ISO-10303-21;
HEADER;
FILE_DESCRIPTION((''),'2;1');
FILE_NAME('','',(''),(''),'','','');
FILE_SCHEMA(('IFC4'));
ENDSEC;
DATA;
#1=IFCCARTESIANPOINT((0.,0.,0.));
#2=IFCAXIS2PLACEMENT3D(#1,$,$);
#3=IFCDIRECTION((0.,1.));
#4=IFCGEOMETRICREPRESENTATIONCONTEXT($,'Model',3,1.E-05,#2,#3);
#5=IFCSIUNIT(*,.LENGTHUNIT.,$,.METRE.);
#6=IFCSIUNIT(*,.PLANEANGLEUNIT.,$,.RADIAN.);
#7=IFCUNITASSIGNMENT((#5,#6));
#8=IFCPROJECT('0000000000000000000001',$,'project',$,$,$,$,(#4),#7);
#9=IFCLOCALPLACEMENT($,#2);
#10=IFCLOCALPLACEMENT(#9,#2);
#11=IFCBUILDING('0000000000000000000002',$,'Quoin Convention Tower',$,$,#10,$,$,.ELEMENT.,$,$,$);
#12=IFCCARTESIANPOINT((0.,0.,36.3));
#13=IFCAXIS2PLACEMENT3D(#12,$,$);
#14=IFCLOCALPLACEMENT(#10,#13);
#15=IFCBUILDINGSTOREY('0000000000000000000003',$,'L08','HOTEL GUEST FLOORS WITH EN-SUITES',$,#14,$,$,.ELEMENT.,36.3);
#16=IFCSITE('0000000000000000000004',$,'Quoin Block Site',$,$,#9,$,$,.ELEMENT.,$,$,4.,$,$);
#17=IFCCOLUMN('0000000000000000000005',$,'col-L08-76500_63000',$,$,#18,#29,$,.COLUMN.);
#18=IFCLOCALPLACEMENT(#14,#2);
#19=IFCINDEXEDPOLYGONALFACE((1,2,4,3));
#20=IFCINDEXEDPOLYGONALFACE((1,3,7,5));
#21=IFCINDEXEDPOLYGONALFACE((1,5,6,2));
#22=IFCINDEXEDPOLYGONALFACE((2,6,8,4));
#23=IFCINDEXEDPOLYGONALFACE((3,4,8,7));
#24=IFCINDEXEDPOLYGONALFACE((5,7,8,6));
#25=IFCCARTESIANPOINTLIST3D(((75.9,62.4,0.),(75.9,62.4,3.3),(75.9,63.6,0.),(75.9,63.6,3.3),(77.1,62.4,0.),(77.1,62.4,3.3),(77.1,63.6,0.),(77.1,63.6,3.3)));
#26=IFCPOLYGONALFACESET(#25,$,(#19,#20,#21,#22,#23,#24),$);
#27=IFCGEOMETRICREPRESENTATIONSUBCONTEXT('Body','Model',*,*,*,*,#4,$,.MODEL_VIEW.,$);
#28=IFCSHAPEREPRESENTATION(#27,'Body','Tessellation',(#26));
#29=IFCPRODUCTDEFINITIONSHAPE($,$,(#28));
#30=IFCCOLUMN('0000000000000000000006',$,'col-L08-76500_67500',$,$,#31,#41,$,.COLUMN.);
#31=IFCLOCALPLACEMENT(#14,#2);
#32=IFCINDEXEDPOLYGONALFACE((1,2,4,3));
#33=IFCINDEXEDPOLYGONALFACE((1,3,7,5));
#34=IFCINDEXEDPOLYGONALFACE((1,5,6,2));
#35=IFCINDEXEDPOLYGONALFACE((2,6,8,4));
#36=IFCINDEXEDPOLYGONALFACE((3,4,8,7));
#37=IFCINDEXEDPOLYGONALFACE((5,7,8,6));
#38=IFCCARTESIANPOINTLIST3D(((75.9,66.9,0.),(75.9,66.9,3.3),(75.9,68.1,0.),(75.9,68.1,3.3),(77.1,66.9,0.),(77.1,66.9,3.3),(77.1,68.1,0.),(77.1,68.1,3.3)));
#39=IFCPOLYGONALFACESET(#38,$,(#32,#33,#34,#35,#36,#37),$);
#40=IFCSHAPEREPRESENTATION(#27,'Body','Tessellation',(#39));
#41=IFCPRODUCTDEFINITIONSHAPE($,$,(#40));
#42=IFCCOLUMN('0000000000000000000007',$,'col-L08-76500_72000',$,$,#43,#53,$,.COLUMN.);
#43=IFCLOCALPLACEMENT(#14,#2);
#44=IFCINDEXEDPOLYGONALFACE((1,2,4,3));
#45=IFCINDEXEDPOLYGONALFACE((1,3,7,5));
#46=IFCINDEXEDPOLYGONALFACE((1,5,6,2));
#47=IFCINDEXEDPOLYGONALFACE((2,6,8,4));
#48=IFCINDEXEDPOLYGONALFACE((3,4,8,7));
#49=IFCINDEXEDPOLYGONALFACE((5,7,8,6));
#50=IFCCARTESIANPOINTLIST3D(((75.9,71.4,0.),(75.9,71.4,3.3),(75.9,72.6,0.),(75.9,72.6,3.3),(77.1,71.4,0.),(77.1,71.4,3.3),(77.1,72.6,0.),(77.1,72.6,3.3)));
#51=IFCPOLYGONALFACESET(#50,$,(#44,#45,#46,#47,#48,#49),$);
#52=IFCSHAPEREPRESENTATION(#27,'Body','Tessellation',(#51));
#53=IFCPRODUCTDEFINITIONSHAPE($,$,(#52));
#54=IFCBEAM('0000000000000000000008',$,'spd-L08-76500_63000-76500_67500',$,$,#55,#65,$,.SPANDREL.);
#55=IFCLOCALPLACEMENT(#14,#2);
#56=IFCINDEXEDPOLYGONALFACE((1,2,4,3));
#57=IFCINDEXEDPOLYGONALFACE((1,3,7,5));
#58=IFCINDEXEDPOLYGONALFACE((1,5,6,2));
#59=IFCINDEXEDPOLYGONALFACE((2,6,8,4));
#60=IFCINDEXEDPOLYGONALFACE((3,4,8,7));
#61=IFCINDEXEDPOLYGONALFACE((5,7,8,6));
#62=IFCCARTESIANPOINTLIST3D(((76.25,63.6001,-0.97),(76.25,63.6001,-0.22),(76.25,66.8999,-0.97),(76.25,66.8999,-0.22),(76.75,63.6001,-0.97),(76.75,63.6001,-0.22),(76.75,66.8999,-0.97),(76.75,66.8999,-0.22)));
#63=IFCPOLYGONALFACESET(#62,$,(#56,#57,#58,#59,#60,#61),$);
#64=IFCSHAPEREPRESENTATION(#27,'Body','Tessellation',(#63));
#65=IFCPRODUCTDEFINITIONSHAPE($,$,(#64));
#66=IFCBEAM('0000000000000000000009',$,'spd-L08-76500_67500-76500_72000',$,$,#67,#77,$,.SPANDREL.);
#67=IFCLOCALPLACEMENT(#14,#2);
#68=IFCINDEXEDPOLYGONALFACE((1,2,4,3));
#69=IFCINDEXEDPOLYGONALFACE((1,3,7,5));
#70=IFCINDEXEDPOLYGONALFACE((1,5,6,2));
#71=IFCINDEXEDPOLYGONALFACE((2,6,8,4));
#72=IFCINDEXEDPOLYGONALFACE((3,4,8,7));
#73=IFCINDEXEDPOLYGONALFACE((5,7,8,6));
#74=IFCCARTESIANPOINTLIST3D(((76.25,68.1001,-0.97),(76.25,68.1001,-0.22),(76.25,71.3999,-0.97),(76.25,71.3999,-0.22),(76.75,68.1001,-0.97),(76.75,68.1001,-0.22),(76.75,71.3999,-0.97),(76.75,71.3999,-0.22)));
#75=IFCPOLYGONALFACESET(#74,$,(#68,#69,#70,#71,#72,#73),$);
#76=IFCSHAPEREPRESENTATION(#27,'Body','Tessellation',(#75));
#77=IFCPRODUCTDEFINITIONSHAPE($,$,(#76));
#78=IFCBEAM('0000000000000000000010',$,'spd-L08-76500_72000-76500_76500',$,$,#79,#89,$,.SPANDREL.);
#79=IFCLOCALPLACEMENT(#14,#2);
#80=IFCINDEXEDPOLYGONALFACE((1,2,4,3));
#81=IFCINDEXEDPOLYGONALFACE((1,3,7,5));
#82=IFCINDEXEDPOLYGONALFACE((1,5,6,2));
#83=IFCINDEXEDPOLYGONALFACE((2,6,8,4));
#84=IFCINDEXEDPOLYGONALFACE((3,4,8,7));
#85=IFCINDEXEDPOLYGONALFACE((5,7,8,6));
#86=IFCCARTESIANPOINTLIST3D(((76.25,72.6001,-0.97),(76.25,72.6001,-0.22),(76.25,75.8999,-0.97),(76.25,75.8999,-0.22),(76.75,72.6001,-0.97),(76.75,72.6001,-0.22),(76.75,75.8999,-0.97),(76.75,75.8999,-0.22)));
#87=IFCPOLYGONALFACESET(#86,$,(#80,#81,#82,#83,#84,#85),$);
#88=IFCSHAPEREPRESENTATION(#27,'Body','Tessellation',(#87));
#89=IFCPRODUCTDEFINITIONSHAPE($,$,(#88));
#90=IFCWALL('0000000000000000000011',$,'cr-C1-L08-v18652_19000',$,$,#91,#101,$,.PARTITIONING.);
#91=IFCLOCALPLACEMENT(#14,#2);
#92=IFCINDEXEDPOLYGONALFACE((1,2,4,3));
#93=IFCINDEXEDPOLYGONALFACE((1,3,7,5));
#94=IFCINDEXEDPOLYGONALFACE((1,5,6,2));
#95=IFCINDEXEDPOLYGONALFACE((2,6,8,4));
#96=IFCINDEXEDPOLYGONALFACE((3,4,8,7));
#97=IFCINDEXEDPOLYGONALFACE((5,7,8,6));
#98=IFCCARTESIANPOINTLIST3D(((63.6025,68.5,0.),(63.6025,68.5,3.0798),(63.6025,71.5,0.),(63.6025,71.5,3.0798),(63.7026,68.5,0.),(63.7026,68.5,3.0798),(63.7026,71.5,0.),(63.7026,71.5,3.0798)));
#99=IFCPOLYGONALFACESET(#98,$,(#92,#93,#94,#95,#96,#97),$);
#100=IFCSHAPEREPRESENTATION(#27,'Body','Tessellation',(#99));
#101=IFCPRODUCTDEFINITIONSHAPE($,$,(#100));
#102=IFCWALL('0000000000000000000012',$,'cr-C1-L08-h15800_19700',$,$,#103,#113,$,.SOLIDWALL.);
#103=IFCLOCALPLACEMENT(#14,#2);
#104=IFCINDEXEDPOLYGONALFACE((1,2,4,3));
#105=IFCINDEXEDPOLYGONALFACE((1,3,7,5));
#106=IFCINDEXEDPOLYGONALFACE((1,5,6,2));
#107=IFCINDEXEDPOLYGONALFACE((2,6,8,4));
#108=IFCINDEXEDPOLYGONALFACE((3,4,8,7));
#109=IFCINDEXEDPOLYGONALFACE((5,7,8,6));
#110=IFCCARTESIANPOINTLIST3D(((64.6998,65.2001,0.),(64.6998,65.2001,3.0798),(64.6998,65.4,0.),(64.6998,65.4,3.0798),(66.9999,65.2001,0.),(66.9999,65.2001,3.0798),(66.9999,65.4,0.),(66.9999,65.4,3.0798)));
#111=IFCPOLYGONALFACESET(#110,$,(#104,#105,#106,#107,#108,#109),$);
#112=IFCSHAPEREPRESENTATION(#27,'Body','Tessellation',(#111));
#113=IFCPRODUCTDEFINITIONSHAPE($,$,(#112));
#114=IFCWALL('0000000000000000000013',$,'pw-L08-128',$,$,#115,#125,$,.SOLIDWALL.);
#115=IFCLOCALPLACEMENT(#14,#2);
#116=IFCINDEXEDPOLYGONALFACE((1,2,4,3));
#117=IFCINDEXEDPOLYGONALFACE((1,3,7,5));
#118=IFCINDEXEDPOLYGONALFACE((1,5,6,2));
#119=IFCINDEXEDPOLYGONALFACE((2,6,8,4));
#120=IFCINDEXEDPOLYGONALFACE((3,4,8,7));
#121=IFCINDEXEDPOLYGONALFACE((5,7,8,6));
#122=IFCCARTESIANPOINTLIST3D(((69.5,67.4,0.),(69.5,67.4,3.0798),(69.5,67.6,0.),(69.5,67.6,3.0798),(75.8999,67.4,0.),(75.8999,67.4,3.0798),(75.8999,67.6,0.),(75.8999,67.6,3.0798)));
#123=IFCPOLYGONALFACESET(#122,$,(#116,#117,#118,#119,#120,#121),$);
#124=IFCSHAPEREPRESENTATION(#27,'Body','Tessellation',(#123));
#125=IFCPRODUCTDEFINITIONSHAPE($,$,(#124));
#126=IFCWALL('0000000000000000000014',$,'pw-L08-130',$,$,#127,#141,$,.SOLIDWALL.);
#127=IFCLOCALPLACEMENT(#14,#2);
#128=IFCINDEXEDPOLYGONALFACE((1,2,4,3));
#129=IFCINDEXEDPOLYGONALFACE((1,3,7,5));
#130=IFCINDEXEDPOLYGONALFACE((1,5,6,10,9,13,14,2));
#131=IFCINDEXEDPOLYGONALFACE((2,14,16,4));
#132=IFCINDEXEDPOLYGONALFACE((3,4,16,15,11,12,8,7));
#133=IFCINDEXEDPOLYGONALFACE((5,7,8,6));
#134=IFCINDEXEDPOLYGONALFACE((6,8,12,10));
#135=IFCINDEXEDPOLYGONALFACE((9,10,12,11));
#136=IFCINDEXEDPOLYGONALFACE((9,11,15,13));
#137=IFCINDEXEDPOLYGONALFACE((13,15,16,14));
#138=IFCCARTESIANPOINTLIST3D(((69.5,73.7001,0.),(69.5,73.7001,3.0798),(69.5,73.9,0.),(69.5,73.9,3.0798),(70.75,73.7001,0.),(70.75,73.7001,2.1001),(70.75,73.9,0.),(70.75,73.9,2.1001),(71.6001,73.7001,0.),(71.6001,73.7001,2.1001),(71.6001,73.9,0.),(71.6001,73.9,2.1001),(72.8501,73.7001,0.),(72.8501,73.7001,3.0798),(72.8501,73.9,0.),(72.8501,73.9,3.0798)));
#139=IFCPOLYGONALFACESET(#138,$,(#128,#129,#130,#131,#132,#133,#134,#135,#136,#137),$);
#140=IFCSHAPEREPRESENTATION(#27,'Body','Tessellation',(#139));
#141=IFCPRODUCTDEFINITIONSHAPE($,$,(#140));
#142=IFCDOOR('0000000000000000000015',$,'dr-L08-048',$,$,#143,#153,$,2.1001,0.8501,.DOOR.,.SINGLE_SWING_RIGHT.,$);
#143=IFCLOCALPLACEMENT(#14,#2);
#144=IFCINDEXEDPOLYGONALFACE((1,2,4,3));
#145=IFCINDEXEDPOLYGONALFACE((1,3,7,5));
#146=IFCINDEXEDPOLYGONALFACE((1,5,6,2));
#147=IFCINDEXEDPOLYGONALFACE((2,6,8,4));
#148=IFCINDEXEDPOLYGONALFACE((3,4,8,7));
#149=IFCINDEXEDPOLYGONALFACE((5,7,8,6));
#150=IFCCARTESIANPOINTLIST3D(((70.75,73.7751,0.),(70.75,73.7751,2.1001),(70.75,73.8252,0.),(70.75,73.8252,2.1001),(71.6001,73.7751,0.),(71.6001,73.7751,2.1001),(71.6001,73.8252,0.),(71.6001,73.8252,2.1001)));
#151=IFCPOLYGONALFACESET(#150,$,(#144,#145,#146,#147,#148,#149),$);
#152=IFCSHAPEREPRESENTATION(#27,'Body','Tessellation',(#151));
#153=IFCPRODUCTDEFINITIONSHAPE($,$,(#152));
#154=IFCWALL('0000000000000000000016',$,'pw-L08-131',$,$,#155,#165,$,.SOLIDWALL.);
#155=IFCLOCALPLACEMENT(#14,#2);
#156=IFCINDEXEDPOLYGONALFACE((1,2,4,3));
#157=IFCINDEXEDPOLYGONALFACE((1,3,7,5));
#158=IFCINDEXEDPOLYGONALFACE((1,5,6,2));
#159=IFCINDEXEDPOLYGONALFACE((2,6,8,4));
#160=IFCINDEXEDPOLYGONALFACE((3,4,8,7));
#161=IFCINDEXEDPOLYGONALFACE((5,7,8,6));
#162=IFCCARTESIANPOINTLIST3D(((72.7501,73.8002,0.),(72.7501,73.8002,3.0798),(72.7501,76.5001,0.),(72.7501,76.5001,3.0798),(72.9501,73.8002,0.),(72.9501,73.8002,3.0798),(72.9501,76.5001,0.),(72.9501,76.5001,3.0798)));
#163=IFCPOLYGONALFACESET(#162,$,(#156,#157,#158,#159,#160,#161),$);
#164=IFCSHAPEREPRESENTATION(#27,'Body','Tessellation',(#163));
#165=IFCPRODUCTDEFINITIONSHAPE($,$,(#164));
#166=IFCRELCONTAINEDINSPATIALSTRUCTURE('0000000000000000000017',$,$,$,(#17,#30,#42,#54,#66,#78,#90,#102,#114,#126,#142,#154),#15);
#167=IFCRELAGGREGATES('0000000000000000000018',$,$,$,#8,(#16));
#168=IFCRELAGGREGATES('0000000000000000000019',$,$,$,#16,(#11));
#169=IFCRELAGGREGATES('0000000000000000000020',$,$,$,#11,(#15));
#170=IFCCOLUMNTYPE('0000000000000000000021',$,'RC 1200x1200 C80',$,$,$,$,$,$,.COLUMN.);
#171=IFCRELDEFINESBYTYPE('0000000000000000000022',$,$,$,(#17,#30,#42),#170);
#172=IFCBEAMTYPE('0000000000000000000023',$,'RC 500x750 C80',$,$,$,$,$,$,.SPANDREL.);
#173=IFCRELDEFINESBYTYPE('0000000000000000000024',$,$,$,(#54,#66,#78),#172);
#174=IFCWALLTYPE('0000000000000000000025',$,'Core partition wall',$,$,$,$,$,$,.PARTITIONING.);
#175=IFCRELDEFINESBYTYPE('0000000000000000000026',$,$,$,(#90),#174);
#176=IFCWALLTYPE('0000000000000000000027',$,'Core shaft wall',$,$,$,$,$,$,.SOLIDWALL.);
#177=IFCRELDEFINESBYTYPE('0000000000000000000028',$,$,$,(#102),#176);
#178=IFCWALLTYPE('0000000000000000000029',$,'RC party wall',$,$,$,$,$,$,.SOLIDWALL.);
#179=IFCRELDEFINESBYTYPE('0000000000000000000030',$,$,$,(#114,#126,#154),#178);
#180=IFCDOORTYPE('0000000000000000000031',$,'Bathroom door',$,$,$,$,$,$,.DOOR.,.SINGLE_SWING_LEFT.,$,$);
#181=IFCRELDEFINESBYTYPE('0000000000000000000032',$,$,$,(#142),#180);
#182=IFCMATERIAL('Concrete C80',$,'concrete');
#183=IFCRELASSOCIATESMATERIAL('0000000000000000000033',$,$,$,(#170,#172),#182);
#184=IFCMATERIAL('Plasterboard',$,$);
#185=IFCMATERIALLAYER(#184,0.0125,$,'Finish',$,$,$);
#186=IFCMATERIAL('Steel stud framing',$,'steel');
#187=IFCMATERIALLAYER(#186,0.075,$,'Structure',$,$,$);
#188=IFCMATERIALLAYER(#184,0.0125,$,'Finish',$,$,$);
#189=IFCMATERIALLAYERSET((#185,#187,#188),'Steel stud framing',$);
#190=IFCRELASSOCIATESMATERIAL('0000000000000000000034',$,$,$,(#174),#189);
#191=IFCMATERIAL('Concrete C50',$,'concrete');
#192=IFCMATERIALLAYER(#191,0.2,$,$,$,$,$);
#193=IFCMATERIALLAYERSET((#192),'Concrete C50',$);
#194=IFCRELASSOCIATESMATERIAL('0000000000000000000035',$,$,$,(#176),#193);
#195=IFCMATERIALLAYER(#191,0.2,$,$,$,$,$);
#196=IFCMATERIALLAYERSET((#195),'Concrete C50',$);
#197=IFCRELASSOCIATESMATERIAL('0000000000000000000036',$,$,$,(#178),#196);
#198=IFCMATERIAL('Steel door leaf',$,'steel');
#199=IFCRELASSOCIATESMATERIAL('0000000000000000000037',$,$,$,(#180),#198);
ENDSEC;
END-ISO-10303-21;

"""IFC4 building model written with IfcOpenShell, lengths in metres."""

from ifc_helpers import new_model, si_unit, direction, frame, frame_2d, origin, origin_2d, place, context, subcontext, project, spatial, rectangle, extrude, material, layer, layer_set, material_profile, profile_set, type_object, element, fill, save


model = new_model("IFC4")

# Units and contexts
model_context = context("Model", 3, precision=1e-05, world=origin(), true_north=direction((0.0, 1.0)))
body_context = subcontext(model_context, "Body", "Model", "MODEL_VIEW")
ifc_project = project(units=[si_unit("LENGTHUNIT", "METRE"), si_unit("PLANEANGLEUNIT", "RADIAN")], contexts=[model_context])

# Site, building, storey
site_placement = place(None, origin())
site = spatial("IfcSite", under=ifc_project, at=site_placement, Name="Quoin Block Site", CompositionType="ELEMENT", RefElevation=4.0)
building_placement = place(site_placement, origin())
building = spatial("IfcBuilding", under=site, at=building_placement, Name="Quoin Convention Tower", CompositionType="ELEMENT")
storey_placement = place(building_placement, frame((0.0, 0.0, 36.3)))
storey = spatial("IfcBuildingStorey", under=building, at=storey_placement, Name="L08", Description="HOTEL GUEST FLOORS WITH EN-SUITES", CompositionType="ELEMENT", Elevation=36.3)

# Columns
ifc_material_1 = material(Name="Concrete C80", Category="concrete")
ifc_material_profile_1 = material_profile(ifc_material_1, rectangle(XDim=1.2, YDim=1.2, at=origin_2d()), Name="RC 1200x1200")
ifc_profile_set_1 = profile_set([ifc_material_profile_1], Name="Concrete C80")
column_type = type_object("IfcColumnType", Name="RC 1200x1200 C80", PredefinedType="COLUMN", material=ifc_profile_set_1)
for number, where, z_axis, x_axis, name in (
    (1, (76.5, 63.0, 0.0), (0.0, 0.0, 1.0), (1.0, 0.0, 0.0), "col-L08-76500_63000"),
    (2, (76.5, 67.5, 0.0), (0.0, 0.0, 1.0), (1.0, 0.0, 0.0), "col-L08-76500_67500"),
    (3, (76.5, 72.0, 0.0), (0.0, 0.0, 1.0), (1.0, 0.0, 0.0), "col-L08-76500_72000"),
):
    element("IfcColumn", number, at=place(storey_placement, frame(where, z_axis=z_axis, x_axis=x_axis)), inside=storey, type_object=column_type, Name=name, PredefinedType="COLUMN", context=body_context, shape_type="SweptSolid", body=[
        extrude(rectangle(XDim=1.2, YDim=1.2, at=origin_2d()), origin(), (0.0, 0.0, 1.0), 3.3),
    ])

# Beams
ifc_material_profile_2 = material_profile(ifc_material_1, rectangle(XDim=0.5, YDim=0.75, at=origin_2d()), Name="RC 500x750")
ifc_profile_set_2 = profile_set([ifc_material_profile_2], Name="Concrete C80")
beam_type = type_object("IfcBeamType", Name="RC 500x750 C80", PredefinedType="SPANDREL", material=ifc_profile_set_2)
for number, where, z_axis, x_axis, name in (
    (4, (76.5, 63.6001, -0.595), (0.0, 1.0, 0.0), (-1.0, 0.0, 0.0), "spd-L08-76500_63000-76500_67500"),
    (5, (76.5, 68.1001, -0.595), (0.0, 1.0, 0.0), (-1.0, 0.0, 0.0), "spd-L08-76500_67500-76500_72000"),
    (6, (76.5, 72.6001, -0.595), (0.0, 1.0, 0.0), (-1.0, 0.0, 0.0), "spd-L08-76500_72000-76500_76500"),
):
    element("IfcBeam", number, at=place(storey_placement, frame(where, z_axis=z_axis, x_axis=x_axis)), inside=storey, type_object=beam_type, Name=name, PredefinedType="SPANDREL", context=body_context, shape_type="SweptSolid", body=[
        extrude(rectangle(XDim=0.5, YDim=0.75, at=origin_2d()), origin(), (0.0, 0.0, 1.0), 3.2998),
    ])

# Walls
ifc_material_2 = material(Name="Plasterboard")
ifc_layer_1 = layer(ifc_material_2, 0.0125, Name="Finish")
ifc_material_3 = material(Name="Steel stud framing", Category="steel")
ifc_layer_2 = layer(ifc_material_3, 0.075, Name="Structure")
ifc_layer_3 = layer(ifc_material_2, 0.0125, Name="Finish")
ifc_layer_set_1 = layer_set([ifc_layer_1, ifc_layer_2, ifc_layer_3], Name="Steel stud framing")
wall_type_1 = type_object("IfcWallType", Name="Core partition wall", PredefinedType="PARTITIONING", material=ifc_layer_set_1)
wall_1_placement = place(storey_placement, frame((63.6526, 68.5, 0.0), z_axis=(0.0, 0.0, 1.0), x_axis=(0.0, 1.0, 0.0)))
element("IfcWall", 7, at=wall_1_placement, inside=storey, type_object=wall_type_1, Name="cr-C1-L08-v18652_19000", PredefinedType="PARTITIONING", context=body_context, shape_type="SweptSolid", body=[
    extrude(rectangle(XDim=3.0, YDim=0.1001, at=frame_2d((1.5, 0.0))), origin(), (0.0, 0.0, 1.0), 3.0798),
])
ifc_material_4 = material(Name="Concrete C50", Category="concrete")
ifc_layer_4 = layer(ifc_material_4, 0.2)
ifc_layer_set_2 = layer_set([ifc_layer_4], Name="Concrete C50")
wall_type_2 = type_object("IfcWallType", Name="Core shaft wall", PredefinedType="SOLIDWALL", material=ifc_layer_set_2)
wall_2_placement = place(storey_placement, frame((64.7, 65.3, 0.0), z_axis=(0.0, 0.0, 1.0), x_axis=(1.0, 0.0, 0.0)))
element("IfcWall", 8, at=wall_2_placement, inside=storey, type_object=wall_type_2, Name="cr-C1-L08-h15800_19700", PredefinedType="SOLIDWALL", context=body_context, shape_type="SweptSolid", body=[
    extrude(rectangle(XDim=2.3, YDim=0.2, at=frame_2d((1.1499, 0.0))), origin(), (0.0, 0.0, 1.0), 3.0798),
])
ifc_layer_5 = layer(ifc_material_4, 0.2)
ifc_layer_set_3 = layer_set([ifc_layer_5], Name="Concrete C50")
wall_type_3 = type_object("IfcWallType", Name="RC party wall", PredefinedType="SOLIDWALL", material=ifc_layer_set_3)
wall_3_placement = place(storey_placement, frame((69.5, 67.5, 0.0), z_axis=(0.0, 0.0, 1.0), x_axis=(1.0, 0.0, 0.0)))
element("IfcWall", 9, at=wall_3_placement, inside=storey, type_object=wall_type_3, Name="pw-L08-128", PredefinedType="SOLIDWALL", context=body_context, shape_type="SweptSolid", body=[
    extrude(rectangle(XDim=6.3999, YDim=0.2, at=frame_2d((3.2, 0.0))), origin(), (0.0, 0.0, 1.0), 3.0798),
])

# Wall, opening, door
wall_4_placement = place(storey_placement, frame((69.5, 73.8, 0.0), z_axis=(0.0, 0.0, 1.0), x_axis=(1.0, 0.0, 0.0)))
wall_4 = element("IfcWall", 10, at=wall_4_placement, inside=storey, type_object=wall_type_3, Name="pw-L08-130", PredefinedType="SOLIDWALL", context=body_context, shape_type="SweptSolid", body=[
    extrude(rectangle(XDim=3.3501, YDim=0.2, at=frame_2d((1.675, 0.0))), origin(), (0.0, 0.0, 1.0), 3.0798),
])
opening_1_placement = place(wall_4_placement, frame((1.25, 0.0, 0.0)))
opening_1 = element("IfcOpeningElement", 11, at=opening_1_placement, cuts=wall_4, PredefinedType="OPENING", context=body_context, shape_type="SweptSolid", body=[
    extrude(rectangle(XDim=0.8501, YDim=2.1001, at=frame_2d((0.425, 1.05))), frame((0.0, 0.1099, 0.0), z_axis=(0.0, -1.0, 0.0), x_axis=(1.0, 0.0, 0.0)), (0.0, 0.0, 1.0), 0.22),
])
ifc_material_5 = material(Name="Steel door leaf", Category="steel")
door_type = type_object("IfcDoorType", Name="Bathroom door", OperationType="SINGLE_SWING_LEFT", PredefinedType="DOOR", material=ifc_material_5)
door_1_placement = place(opening_1_placement, frame((0.8501, 0.0, 0.0), z_axis=(0.0, 0.0, 1.0), x_axis=(-1.0, 0.0, 0.0)))
door_1 = element("IfcDoor", 12, at=door_1_placement, inside=storey, type_object=door_type, Name="dr-L08-048", OperationType="SINGLE_SWING_RIGHT", OverallHeight=2.1001, OverallWidth=0.8501, PredefinedType="DOOR", context=body_context, shape_type="SweptSolid", body=[
    extrude(rectangle(XDim=0.8501, YDim=2.1001, at=frame_2d((0.425, 1.05))), frame((0.0, 0.0249, 0.0), z_axis=(0.0, -1.0, 0.0), x_axis=(1.0, 0.0, 0.0)), (0.0, 0.0, 1.0), 0.05),
])
fill(opening_1, door_1)

# Wall
wall_5_placement = place(storey_placement, frame((72.8501, 73.8, 0.0), z_axis=(0.0, 0.0, 1.0), x_axis=(0.0, 1.0, 0.0)))
element("IfcWall", 13, at=wall_5_placement, inside=storey, type_object=wall_type_3, Name="pw-L08-131", PredefinedType="SOLIDWALL", context=body_context, shape_type="SweptSolid", body=[
    extrude(rectangle(XDim=2.7, YDim=0.2, at=frame_2d((1.3501, 0.0))), origin(), (0.0, 0.0, 1.0), 3.0798),
])

save(model, "model.ifc")
